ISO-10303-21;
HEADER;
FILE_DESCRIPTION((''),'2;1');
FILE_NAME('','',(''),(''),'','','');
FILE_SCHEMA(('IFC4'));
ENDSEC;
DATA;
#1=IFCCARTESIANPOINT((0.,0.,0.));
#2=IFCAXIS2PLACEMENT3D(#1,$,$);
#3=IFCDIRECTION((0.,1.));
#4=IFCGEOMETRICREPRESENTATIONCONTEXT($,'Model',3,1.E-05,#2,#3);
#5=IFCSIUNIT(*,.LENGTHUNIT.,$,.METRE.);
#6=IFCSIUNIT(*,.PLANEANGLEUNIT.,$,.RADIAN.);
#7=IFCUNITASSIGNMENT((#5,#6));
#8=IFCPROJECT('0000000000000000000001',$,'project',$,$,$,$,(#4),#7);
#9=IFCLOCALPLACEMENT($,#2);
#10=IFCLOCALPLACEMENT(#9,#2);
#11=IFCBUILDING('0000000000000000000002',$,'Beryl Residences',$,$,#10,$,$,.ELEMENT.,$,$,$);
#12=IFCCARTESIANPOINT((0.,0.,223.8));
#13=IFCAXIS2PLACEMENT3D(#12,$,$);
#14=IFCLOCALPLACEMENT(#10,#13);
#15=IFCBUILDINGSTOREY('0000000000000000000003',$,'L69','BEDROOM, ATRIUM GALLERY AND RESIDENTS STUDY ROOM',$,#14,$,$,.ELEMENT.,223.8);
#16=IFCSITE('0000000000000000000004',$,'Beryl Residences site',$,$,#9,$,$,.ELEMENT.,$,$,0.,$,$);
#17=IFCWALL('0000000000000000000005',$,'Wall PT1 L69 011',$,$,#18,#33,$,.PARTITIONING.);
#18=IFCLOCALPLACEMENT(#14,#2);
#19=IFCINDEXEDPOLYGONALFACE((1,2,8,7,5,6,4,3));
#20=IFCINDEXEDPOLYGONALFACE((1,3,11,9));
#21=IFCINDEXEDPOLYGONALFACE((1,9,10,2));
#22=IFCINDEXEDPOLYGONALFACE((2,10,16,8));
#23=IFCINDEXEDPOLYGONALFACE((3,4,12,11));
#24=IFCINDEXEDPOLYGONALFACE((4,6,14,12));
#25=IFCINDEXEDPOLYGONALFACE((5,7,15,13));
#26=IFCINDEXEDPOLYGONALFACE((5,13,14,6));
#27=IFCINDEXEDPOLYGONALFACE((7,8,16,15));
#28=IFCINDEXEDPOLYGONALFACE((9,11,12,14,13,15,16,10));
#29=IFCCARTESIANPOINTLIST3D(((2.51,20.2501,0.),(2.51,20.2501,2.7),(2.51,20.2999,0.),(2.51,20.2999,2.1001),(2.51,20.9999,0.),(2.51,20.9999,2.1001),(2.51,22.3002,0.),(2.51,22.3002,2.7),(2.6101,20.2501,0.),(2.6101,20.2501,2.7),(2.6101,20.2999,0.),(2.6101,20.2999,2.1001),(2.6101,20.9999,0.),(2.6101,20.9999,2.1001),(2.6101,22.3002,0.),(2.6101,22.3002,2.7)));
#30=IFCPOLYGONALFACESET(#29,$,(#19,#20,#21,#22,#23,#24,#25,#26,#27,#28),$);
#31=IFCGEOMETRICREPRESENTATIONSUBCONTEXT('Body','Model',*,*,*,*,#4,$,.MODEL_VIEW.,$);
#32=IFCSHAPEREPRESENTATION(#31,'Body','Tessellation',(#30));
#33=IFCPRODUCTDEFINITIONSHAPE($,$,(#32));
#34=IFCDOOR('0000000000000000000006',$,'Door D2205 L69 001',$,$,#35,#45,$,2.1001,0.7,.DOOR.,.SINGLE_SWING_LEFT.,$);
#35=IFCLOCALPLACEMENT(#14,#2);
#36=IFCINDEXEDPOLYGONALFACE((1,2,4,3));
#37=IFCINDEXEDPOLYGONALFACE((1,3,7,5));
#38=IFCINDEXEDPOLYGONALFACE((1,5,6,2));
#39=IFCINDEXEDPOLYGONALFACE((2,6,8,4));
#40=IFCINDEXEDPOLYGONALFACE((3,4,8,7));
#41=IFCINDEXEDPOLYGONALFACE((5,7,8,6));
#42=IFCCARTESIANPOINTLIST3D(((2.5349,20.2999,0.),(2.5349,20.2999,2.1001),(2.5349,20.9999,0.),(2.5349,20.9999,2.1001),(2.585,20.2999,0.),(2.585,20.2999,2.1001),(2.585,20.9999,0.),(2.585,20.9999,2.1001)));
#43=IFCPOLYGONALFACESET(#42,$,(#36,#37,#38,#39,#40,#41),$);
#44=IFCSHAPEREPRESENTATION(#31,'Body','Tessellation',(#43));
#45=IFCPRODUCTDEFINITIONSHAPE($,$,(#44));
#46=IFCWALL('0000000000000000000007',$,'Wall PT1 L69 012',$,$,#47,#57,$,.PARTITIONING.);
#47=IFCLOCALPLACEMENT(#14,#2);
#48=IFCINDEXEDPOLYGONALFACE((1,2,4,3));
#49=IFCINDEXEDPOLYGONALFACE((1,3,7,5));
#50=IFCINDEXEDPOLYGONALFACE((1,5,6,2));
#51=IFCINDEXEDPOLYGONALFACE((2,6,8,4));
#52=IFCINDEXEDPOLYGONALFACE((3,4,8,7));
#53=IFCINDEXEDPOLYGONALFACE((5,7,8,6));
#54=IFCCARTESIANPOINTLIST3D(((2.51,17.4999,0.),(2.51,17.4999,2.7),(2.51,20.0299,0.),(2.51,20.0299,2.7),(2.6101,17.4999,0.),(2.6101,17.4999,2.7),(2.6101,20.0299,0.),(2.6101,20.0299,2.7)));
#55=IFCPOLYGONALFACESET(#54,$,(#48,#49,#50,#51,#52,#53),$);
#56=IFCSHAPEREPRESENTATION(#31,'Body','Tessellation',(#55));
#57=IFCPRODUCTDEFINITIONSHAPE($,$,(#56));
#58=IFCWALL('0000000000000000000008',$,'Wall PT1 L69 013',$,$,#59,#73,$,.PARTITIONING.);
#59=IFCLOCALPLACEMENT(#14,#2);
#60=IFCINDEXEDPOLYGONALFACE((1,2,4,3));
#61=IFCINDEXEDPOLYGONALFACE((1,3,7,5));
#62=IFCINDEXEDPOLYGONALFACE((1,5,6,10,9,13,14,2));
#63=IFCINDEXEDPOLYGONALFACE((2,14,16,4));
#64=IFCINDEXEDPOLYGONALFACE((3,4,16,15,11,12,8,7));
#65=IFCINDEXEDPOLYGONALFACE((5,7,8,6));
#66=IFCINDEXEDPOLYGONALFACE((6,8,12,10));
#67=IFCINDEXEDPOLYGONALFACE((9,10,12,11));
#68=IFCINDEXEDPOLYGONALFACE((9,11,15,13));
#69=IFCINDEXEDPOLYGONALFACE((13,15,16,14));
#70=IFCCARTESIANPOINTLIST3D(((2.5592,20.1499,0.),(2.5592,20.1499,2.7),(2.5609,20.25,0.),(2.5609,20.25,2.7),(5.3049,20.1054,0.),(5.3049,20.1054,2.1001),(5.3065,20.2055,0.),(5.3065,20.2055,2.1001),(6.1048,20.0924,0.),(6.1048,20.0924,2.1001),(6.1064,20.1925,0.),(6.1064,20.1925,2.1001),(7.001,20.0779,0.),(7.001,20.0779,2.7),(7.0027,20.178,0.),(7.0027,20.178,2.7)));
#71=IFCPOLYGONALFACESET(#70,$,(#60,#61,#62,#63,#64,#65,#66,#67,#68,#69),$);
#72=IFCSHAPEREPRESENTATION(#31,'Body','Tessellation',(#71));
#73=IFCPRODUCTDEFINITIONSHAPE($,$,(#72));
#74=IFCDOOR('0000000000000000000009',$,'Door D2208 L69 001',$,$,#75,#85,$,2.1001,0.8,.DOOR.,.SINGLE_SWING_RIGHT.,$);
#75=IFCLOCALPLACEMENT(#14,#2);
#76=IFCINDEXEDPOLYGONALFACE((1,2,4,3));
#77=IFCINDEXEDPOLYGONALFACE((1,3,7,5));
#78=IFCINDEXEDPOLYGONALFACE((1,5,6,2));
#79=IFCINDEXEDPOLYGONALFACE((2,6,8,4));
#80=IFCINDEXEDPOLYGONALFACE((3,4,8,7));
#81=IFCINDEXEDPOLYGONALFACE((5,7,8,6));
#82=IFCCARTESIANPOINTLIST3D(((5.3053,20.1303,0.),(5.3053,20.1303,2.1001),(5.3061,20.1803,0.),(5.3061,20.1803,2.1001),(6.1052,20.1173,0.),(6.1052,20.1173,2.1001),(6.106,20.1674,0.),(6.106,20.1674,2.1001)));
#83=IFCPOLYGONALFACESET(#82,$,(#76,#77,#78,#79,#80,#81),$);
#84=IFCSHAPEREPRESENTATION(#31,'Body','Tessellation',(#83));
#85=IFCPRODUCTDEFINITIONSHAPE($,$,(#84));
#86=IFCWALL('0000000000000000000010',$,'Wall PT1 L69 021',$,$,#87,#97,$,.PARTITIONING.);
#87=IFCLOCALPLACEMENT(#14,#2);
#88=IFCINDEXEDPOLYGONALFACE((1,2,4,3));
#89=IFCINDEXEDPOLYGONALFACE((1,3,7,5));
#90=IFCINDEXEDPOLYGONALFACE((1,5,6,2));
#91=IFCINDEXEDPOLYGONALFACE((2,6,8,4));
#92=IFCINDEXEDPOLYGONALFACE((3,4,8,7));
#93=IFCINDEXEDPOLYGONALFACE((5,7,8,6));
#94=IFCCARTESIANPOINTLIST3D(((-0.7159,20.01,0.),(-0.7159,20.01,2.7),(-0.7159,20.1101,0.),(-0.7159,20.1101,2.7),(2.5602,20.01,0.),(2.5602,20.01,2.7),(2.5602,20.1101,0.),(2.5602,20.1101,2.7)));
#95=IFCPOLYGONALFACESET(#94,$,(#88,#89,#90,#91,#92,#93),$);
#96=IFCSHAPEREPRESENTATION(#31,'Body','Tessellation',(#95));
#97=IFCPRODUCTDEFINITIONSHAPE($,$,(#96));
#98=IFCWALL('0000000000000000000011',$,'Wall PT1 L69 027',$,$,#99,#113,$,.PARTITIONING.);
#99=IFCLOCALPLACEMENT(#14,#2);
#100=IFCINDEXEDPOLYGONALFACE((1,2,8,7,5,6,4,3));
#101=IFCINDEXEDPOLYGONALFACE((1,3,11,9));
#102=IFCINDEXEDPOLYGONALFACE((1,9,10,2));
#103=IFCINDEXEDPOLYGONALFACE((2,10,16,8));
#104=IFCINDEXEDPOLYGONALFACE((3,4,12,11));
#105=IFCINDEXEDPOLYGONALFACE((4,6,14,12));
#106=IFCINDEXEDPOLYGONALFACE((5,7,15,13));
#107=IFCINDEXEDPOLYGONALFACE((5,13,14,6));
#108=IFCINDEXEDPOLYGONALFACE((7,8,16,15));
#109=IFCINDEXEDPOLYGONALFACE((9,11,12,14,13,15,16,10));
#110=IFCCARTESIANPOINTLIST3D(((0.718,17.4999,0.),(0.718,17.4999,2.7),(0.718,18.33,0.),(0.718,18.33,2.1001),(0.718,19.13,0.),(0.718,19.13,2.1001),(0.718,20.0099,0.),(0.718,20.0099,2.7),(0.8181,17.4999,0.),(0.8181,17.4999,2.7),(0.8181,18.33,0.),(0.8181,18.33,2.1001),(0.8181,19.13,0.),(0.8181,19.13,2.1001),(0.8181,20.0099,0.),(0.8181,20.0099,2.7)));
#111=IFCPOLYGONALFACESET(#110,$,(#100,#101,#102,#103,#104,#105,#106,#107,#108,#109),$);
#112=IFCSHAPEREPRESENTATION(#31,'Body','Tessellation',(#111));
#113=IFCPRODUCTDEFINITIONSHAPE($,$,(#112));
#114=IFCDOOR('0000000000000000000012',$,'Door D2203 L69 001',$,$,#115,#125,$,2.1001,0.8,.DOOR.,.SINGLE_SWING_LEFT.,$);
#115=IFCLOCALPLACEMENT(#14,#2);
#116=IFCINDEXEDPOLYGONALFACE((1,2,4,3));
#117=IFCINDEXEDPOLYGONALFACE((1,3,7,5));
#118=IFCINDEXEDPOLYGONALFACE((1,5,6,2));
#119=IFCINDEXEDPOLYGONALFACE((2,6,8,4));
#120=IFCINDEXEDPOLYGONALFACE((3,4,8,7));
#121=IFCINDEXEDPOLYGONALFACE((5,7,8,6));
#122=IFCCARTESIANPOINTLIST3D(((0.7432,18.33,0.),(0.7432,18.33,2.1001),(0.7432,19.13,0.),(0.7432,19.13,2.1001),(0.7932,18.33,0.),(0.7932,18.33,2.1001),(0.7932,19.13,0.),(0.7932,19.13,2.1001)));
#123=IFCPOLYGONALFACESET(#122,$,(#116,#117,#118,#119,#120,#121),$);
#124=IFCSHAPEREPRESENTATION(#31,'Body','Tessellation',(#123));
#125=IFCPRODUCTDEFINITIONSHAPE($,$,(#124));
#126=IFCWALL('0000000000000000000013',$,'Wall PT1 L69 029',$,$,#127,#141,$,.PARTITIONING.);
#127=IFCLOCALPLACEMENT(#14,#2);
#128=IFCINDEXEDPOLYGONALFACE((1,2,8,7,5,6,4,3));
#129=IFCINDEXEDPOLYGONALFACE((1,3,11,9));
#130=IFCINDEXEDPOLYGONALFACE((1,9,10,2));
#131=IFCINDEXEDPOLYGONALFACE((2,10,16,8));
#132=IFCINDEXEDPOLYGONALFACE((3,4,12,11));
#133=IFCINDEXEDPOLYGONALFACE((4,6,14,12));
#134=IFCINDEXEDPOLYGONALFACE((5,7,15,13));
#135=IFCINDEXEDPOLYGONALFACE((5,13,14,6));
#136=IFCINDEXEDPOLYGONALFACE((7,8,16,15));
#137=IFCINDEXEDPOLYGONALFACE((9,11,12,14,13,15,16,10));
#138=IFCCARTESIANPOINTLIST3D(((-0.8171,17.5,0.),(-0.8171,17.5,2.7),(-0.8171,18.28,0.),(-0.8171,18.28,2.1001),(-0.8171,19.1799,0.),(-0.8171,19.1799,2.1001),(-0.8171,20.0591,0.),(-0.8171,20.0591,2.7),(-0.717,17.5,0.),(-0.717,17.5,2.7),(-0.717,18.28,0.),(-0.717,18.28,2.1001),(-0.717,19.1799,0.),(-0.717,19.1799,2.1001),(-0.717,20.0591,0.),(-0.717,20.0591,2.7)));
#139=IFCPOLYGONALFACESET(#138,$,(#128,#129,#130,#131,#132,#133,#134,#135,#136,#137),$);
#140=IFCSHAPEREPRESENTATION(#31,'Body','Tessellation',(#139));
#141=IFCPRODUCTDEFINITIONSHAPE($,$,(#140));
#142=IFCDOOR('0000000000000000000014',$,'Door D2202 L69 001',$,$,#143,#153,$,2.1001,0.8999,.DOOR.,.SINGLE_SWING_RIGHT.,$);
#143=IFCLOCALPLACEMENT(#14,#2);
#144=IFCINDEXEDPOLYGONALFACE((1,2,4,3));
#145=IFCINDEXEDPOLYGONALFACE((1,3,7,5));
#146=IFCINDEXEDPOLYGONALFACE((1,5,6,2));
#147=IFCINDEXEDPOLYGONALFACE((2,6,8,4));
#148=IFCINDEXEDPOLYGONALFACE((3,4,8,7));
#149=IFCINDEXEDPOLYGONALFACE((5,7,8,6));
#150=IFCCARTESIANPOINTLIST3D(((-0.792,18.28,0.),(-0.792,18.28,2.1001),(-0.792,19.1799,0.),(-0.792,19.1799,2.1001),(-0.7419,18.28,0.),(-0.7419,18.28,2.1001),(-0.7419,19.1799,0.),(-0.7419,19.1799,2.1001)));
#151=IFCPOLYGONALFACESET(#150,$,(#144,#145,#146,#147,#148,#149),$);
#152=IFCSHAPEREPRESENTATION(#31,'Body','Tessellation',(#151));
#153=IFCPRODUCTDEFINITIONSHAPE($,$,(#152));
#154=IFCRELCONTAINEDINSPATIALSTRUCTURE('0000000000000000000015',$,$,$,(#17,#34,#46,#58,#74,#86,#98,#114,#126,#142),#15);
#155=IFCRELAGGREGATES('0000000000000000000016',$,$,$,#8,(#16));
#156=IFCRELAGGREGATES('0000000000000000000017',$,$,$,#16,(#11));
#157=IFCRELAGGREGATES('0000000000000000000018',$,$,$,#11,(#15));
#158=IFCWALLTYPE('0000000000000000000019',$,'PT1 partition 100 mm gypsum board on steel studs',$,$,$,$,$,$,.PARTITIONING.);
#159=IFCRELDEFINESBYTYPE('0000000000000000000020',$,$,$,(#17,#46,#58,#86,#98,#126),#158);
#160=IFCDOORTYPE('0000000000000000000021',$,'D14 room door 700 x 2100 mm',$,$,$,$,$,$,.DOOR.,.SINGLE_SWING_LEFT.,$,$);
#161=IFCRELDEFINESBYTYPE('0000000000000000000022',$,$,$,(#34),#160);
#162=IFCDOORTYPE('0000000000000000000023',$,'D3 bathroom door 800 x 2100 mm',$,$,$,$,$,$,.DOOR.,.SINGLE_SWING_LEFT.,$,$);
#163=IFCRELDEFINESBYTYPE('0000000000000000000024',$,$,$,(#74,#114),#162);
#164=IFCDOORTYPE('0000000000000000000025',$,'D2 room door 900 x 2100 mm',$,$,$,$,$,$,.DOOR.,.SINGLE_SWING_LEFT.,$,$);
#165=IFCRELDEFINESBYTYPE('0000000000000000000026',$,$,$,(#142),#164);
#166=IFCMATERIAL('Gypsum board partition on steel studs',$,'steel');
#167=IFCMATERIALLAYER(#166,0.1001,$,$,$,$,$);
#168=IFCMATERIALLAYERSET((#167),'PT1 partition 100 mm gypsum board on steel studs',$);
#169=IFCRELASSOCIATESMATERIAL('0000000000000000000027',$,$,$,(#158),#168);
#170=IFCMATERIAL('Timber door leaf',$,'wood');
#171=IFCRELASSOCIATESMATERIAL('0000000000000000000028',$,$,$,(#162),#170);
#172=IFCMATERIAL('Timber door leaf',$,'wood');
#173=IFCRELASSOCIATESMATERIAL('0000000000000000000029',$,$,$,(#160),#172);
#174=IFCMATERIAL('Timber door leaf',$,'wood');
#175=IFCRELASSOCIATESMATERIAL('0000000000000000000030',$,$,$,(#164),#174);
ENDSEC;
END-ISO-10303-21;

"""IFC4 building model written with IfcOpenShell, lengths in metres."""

from ifc_helpers import new_model, si_unit, direction, frame, frame_2d, origin, place, context, subcontext, project, spatial, rectangle, extrude, material, layer, layer_set, type_object, element, fill, save


model = new_model("IFC4")

# Units and contexts
model_context = context("Model", 3, precision=1e-05, world=origin(), true_north=direction((0.0, 1.0)))
body_context = subcontext(model_context, "Body", "Model", "MODEL_VIEW")
ifc_project = project(units=[si_unit("LENGTHUNIT", "METRE"), si_unit("PLANEANGLEUNIT", "RADIAN")], contexts=[model_context])

# Site, building, storey
site_placement = place(None, origin())
site = spatial("IfcSite", under=ifc_project, at=site_placement, Name="Beryl Residences site", CompositionType="ELEMENT", RefElevation=0.0)
building_placement = place(site_placement, origin())
building = spatial("IfcBuilding", under=site, at=building_placement, Name="Beryl Residences", CompositionType="ELEMENT")
storey_placement = place(building_placement, frame((0.0, 0.0, 223.8)))
storey = spatial("IfcBuildingStorey", under=building, at=storey_placement, Name="L69", Description="BEDROOM, ATRIUM GALLERY AND RESIDENTS STUDY ROOM", CompositionType="ELEMENT", Elevation=223.8)

# Shared definitions
ifc_material_1 = material(Name="Gypsum board partition on steel studs", Category="steel")
ifc_layer_1 = layer(ifc_material_1, 0.1001)
ifc_layer_set_1 = layer_set([ifc_layer_1], Name="PT1 partition 100 mm gypsum board on steel studs")
wall_type_1 = type_object("IfcWallType", Name="PT1 partition 100 mm gypsum board on steel studs", PredefinedType="PARTITIONING", material=ifc_layer_set_1)

# Wall, opening, door
ifc_material_2 = material(Name="Timber door leaf", Category="wood")
door_type_1 = type_object("IfcDoorType", Name="D3 bathroom door 800 x 2100 mm", OperationType="SINGLE_SWING_LEFT", PredefinedType="DOOR", material=ifc_material_2)
wall_1_placement = place(storey_placement, frame((2.5601, 22.3, 0.0), z_axis=(0.0, 0.0, 1.0), x_axis=(0.0, -1.0, 0.0)))
wall_1 = element("IfcWall", 1, at=wall_1_placement, inside=storey, type_object=wall_type_1, Name="Wall PT1 L69 011", PredefinedType="PARTITIONING", context=body_context, shape_type="SweptSolid", body=[
    extrude(rectangle(XDim=2.05, YDim=0.1001, at=frame_2d((1.0249, 0.0))), origin(), (0.0, 0.0, 1.0), 2.7),
])
opening_1_placement = place(wall_1_placement, frame((1.3, 0.0, 0.0)))
opening_1 = element("IfcOpeningElement", 2, at=opening_1_placement, cuts=wall_1, PredefinedType="OPENING", context=body_context, shape_type="SweptSolid", body=[
    extrude(rectangle(XDim=0.7, YDim=2.1001, at=frame_2d((0.3501, 1.05))), frame((0.0, 0.0601, 0.0), z_axis=(0.0, -1.0, 0.0), x_axis=(1.0, 0.0, 0.0)), (0.0, 0.0, 1.0), 0.1201),
])
ifc_material_3 = material(Name="Timber door leaf", Category="wood")
door_type_2 = type_object("IfcDoorType", Name="D14 room door 700 x 2100 mm", OperationType="SINGLE_SWING_LEFT", PredefinedType="DOOR", material=ifc_material_3)
door_1_placement = place(opening_1_placement, origin())
door_1 = element("IfcDoor", 3, at=door_1_placement, inside=storey, type_object=door_type_2, Name="Door D2205 L69 001", OperationType="SINGLE_SWING_LEFT", OverallHeight=2.1001, OverallWidth=0.7, PredefinedType="DOOR", context=body_context, shape_type="SweptSolid", body=[
    extrude(rectangle(XDim=0.7, YDim=2.1001, at=frame_2d((0.3501, 1.05))), frame((0.0, 0.0249, 0.0), z_axis=(0.0, -1.0, 0.0), x_axis=(1.0, 0.0, 0.0)), (0.0, 0.0, 1.0), 0.05),
])
fill(opening_1, door_1)

# Wall
wall_2_placement = place(storey_placement, frame((2.5601, 20.03, 0.0), z_axis=(0.0, 0.0, 1.0), x_axis=(0.0, -1.0, 0.0)))
element("IfcWall", 4, at=wall_2_placement, inside=storey, type_object=wall_type_1, Name="Wall PT1 L69 012", PredefinedType="PARTITIONING", context=body_context, shape_type="SweptSolid", body=[
    extrude(rectangle(XDim=2.53, YDim=0.1001, at=frame_2d((1.2651, 0.0))), origin(), (0.0, 0.0, 1.0), 2.7),
])

# Wall, opening, door
wall_3_placement = place(storey_placement, frame((2.5601, 20.2, 0.0), z_axis=(0.0, 0.0, 1.0), x_axis=(0.999869, -0.016212, 0.0)))
wall_3 = element("IfcWall", 5, at=wall_3_placement, inside=storey, type_object=wall_type_1, Name="Wall PT1 L69 013", PredefinedType="PARTITIONING", context=body_context, shape_type="SweptSolid", body=[
    extrude(rectangle(XDim=4.4424, YDim=0.1001, at=frame_2d((2.2212, 0.0))), origin(), (0.0, 0.0, 1.0), 2.7),
])
opening_2_placement = place(wall_3_placement, frame((2.7461, 0.0, 0.0)))
opening_2 = element("IfcOpeningElement", 6, at=opening_2_placement, cuts=wall_3, PredefinedType="OPENING", context=body_context, shape_type="SweptSolid", body=[
    extrude(rectangle(XDim=0.8, YDim=2.1001, at=frame_2d((0.3999, 1.05))), frame((0.0, 0.0601, 0.0), z_axis=(0.0, -1.0, 0.0), x_axis=(1.0, 0.0, 0.0)), (0.0, 0.0, 1.0), 0.1201),
])
door_2_placement = place(opening_2_placement, origin())
door_2 = element("IfcDoor", 7, at=door_2_placement, inside=storey, type_object=door_type_1, Name="Door D2208 L69 001", OperationType="SINGLE_SWING_RIGHT", OverallHeight=2.1001, OverallWidth=0.8, PredefinedType="DOOR", context=body_context, shape_type="SweptSolid", body=[
    extrude(rectangle(XDim=0.8, YDim=2.1001, at=frame_2d((0.3999, 1.05))), frame((0.0, 0.0249, 0.0), z_axis=(0.0, -1.0, 0.0), x_axis=(1.0, 0.0, 0.0)), (0.0, 0.0, 1.0), 0.05),
])
fill(opening_2, door_2)

# Wall
wall_4_placement = place(storey_placement, frame((-0.7161, 20.0601, 0.0), z_axis=(0.0, 0.0, 1.0), x_axis=(1.0, 0.0, 0.0)))
element("IfcWall", 8, at=wall_4_placement, inside=storey, type_object=wall_type_1, Name="Wall PT1 L69 021", PredefinedType="PARTITIONING", context=body_context, shape_type="SweptSolid", body=[
    extrude(rectangle(XDim=3.2761, YDim=0.1001, at=frame_2d((1.6382, 0.0))), origin(), (0.0, 0.0, 1.0), 2.7),
])

# Walls, openings, doors
wall_5_placement = place(storey_placement, frame((0.7681, 17.5, 0.0), z_axis=(0.0, 0.0, 1.0), x_axis=(0.0, 1.0, 0.0)))
wall_5 = element("IfcWall", 9, at=wall_5_placement, inside=storey, type_object=wall_type_1, Name="Wall PT1 L69 027", PredefinedType="PARTITIONING", context=body_context, shape_type="SweptSolid", body=[
    extrude(rectangle(XDim=2.51, YDim=0.1001, at=frame_2d((1.2549, 0.0))), origin(), (0.0, 0.0, 1.0), 2.7),
])
opening_3_placement = place(wall_5_placement, frame((0.8301, 0.0, 0.0)))
opening_3 = element("IfcOpeningElement", 10, at=opening_3_placement, cuts=wall_5, PredefinedType="OPENING", context=body_context, shape_type="SweptSolid", body=[
    extrude(rectangle(XDim=0.8, YDim=2.1001, at=frame_2d((0.3999, 1.05))), frame((0.0, 0.0601, 0.0), z_axis=(0.0, -1.0, 0.0), x_axis=(1.0, 0.0, 0.0)), (0.0, 0.0, 1.0), 0.1201),
])
door_3_placement = place(opening_3_placement, origin())
door_3 = element("IfcDoor", 11, at=door_3_placement, inside=storey, type_object=door_type_1, Name="Door D2203 L69 001", OperationType="SINGLE_SWING_LEFT", OverallHeight=2.1001, OverallWidth=0.8, PredefinedType="DOOR", context=body_context, shape_type="SweptSolid", body=[
    extrude(rectangle(XDim=0.8, YDim=2.1001, at=frame_2d((0.3999, 1.05))), frame((0.0, 0.0249, 0.0), z_axis=(0.0, -1.0, 0.0), x_axis=(1.0, 0.0, 0.0)), (0.0, 0.0, 1.0), 0.05),
])
fill(opening_3, door_3)
wall_6_placement = place(storey_placement, frame((-0.7671, 17.5, 0.0), z_axis=(0.0, 0.0, 1.0), x_axis=(0.0, 1.0, 0.0)))
wall_6 = element("IfcWall", 12, at=wall_6_placement, inside=storey, type_object=wall_type_1, Name="Wall PT1 L69 029", PredefinedType="PARTITIONING", context=body_context, shape_type="SweptSolid", body=[
    extrude(rectangle(XDim=2.5591, YDim=0.1001, at=frame_2d((1.2795, 0.0))), origin(), (0.0, 0.0, 1.0), 2.7),
])
opening_4_placement = place(wall_6_placement, frame((0.78, 0.0, 0.0)))
opening_4 = element("IfcOpeningElement", 13, at=opening_4_placement, cuts=wall_6, PredefinedType="OPENING", context=body_context, shape_type="SweptSolid", body=[
    extrude(rectangle(XDim=0.8999, YDim=2.1001, at=frame_2d((0.45, 1.05))), frame((0.0, 0.0601, 0.0), z_axis=(0.0, -1.0, 0.0), x_axis=(1.0, 0.0, 0.0)), (0.0, 0.0, 1.0), 0.1201),
])
ifc_material_4 = material(Name="Timber door leaf", Category="wood")
door_type_3 = type_object("IfcDoorType", Name="D2 room door 900 x 2100 mm", OperationType="SINGLE_SWING_LEFT", PredefinedType="DOOR", material=ifc_material_4)
door_4_placement = place(opening_4_placement, origin())
door_4 = element("IfcDoor", 14, at=door_4_placement, inside=storey, type_object=door_type_3, Name="Door D2202 L69 001", OperationType="SINGLE_SWING_RIGHT", OverallHeight=2.1001, OverallWidth=0.8999, PredefinedType="DOOR", context=body_context, shape_type="SweptSolid", body=[
    extrude(rectangle(XDim=0.8999, YDim=2.1001, at=frame_2d((0.45, 1.05))), frame((0.0, 0.0249, 0.0), z_axis=(0.0, -1.0, 0.0), x_axis=(1.0, 0.0, 0.0)), (0.0, 0.0, 1.0), 0.05),
])
fill(opening_4, door_4)

save(model, "model.ifc")
